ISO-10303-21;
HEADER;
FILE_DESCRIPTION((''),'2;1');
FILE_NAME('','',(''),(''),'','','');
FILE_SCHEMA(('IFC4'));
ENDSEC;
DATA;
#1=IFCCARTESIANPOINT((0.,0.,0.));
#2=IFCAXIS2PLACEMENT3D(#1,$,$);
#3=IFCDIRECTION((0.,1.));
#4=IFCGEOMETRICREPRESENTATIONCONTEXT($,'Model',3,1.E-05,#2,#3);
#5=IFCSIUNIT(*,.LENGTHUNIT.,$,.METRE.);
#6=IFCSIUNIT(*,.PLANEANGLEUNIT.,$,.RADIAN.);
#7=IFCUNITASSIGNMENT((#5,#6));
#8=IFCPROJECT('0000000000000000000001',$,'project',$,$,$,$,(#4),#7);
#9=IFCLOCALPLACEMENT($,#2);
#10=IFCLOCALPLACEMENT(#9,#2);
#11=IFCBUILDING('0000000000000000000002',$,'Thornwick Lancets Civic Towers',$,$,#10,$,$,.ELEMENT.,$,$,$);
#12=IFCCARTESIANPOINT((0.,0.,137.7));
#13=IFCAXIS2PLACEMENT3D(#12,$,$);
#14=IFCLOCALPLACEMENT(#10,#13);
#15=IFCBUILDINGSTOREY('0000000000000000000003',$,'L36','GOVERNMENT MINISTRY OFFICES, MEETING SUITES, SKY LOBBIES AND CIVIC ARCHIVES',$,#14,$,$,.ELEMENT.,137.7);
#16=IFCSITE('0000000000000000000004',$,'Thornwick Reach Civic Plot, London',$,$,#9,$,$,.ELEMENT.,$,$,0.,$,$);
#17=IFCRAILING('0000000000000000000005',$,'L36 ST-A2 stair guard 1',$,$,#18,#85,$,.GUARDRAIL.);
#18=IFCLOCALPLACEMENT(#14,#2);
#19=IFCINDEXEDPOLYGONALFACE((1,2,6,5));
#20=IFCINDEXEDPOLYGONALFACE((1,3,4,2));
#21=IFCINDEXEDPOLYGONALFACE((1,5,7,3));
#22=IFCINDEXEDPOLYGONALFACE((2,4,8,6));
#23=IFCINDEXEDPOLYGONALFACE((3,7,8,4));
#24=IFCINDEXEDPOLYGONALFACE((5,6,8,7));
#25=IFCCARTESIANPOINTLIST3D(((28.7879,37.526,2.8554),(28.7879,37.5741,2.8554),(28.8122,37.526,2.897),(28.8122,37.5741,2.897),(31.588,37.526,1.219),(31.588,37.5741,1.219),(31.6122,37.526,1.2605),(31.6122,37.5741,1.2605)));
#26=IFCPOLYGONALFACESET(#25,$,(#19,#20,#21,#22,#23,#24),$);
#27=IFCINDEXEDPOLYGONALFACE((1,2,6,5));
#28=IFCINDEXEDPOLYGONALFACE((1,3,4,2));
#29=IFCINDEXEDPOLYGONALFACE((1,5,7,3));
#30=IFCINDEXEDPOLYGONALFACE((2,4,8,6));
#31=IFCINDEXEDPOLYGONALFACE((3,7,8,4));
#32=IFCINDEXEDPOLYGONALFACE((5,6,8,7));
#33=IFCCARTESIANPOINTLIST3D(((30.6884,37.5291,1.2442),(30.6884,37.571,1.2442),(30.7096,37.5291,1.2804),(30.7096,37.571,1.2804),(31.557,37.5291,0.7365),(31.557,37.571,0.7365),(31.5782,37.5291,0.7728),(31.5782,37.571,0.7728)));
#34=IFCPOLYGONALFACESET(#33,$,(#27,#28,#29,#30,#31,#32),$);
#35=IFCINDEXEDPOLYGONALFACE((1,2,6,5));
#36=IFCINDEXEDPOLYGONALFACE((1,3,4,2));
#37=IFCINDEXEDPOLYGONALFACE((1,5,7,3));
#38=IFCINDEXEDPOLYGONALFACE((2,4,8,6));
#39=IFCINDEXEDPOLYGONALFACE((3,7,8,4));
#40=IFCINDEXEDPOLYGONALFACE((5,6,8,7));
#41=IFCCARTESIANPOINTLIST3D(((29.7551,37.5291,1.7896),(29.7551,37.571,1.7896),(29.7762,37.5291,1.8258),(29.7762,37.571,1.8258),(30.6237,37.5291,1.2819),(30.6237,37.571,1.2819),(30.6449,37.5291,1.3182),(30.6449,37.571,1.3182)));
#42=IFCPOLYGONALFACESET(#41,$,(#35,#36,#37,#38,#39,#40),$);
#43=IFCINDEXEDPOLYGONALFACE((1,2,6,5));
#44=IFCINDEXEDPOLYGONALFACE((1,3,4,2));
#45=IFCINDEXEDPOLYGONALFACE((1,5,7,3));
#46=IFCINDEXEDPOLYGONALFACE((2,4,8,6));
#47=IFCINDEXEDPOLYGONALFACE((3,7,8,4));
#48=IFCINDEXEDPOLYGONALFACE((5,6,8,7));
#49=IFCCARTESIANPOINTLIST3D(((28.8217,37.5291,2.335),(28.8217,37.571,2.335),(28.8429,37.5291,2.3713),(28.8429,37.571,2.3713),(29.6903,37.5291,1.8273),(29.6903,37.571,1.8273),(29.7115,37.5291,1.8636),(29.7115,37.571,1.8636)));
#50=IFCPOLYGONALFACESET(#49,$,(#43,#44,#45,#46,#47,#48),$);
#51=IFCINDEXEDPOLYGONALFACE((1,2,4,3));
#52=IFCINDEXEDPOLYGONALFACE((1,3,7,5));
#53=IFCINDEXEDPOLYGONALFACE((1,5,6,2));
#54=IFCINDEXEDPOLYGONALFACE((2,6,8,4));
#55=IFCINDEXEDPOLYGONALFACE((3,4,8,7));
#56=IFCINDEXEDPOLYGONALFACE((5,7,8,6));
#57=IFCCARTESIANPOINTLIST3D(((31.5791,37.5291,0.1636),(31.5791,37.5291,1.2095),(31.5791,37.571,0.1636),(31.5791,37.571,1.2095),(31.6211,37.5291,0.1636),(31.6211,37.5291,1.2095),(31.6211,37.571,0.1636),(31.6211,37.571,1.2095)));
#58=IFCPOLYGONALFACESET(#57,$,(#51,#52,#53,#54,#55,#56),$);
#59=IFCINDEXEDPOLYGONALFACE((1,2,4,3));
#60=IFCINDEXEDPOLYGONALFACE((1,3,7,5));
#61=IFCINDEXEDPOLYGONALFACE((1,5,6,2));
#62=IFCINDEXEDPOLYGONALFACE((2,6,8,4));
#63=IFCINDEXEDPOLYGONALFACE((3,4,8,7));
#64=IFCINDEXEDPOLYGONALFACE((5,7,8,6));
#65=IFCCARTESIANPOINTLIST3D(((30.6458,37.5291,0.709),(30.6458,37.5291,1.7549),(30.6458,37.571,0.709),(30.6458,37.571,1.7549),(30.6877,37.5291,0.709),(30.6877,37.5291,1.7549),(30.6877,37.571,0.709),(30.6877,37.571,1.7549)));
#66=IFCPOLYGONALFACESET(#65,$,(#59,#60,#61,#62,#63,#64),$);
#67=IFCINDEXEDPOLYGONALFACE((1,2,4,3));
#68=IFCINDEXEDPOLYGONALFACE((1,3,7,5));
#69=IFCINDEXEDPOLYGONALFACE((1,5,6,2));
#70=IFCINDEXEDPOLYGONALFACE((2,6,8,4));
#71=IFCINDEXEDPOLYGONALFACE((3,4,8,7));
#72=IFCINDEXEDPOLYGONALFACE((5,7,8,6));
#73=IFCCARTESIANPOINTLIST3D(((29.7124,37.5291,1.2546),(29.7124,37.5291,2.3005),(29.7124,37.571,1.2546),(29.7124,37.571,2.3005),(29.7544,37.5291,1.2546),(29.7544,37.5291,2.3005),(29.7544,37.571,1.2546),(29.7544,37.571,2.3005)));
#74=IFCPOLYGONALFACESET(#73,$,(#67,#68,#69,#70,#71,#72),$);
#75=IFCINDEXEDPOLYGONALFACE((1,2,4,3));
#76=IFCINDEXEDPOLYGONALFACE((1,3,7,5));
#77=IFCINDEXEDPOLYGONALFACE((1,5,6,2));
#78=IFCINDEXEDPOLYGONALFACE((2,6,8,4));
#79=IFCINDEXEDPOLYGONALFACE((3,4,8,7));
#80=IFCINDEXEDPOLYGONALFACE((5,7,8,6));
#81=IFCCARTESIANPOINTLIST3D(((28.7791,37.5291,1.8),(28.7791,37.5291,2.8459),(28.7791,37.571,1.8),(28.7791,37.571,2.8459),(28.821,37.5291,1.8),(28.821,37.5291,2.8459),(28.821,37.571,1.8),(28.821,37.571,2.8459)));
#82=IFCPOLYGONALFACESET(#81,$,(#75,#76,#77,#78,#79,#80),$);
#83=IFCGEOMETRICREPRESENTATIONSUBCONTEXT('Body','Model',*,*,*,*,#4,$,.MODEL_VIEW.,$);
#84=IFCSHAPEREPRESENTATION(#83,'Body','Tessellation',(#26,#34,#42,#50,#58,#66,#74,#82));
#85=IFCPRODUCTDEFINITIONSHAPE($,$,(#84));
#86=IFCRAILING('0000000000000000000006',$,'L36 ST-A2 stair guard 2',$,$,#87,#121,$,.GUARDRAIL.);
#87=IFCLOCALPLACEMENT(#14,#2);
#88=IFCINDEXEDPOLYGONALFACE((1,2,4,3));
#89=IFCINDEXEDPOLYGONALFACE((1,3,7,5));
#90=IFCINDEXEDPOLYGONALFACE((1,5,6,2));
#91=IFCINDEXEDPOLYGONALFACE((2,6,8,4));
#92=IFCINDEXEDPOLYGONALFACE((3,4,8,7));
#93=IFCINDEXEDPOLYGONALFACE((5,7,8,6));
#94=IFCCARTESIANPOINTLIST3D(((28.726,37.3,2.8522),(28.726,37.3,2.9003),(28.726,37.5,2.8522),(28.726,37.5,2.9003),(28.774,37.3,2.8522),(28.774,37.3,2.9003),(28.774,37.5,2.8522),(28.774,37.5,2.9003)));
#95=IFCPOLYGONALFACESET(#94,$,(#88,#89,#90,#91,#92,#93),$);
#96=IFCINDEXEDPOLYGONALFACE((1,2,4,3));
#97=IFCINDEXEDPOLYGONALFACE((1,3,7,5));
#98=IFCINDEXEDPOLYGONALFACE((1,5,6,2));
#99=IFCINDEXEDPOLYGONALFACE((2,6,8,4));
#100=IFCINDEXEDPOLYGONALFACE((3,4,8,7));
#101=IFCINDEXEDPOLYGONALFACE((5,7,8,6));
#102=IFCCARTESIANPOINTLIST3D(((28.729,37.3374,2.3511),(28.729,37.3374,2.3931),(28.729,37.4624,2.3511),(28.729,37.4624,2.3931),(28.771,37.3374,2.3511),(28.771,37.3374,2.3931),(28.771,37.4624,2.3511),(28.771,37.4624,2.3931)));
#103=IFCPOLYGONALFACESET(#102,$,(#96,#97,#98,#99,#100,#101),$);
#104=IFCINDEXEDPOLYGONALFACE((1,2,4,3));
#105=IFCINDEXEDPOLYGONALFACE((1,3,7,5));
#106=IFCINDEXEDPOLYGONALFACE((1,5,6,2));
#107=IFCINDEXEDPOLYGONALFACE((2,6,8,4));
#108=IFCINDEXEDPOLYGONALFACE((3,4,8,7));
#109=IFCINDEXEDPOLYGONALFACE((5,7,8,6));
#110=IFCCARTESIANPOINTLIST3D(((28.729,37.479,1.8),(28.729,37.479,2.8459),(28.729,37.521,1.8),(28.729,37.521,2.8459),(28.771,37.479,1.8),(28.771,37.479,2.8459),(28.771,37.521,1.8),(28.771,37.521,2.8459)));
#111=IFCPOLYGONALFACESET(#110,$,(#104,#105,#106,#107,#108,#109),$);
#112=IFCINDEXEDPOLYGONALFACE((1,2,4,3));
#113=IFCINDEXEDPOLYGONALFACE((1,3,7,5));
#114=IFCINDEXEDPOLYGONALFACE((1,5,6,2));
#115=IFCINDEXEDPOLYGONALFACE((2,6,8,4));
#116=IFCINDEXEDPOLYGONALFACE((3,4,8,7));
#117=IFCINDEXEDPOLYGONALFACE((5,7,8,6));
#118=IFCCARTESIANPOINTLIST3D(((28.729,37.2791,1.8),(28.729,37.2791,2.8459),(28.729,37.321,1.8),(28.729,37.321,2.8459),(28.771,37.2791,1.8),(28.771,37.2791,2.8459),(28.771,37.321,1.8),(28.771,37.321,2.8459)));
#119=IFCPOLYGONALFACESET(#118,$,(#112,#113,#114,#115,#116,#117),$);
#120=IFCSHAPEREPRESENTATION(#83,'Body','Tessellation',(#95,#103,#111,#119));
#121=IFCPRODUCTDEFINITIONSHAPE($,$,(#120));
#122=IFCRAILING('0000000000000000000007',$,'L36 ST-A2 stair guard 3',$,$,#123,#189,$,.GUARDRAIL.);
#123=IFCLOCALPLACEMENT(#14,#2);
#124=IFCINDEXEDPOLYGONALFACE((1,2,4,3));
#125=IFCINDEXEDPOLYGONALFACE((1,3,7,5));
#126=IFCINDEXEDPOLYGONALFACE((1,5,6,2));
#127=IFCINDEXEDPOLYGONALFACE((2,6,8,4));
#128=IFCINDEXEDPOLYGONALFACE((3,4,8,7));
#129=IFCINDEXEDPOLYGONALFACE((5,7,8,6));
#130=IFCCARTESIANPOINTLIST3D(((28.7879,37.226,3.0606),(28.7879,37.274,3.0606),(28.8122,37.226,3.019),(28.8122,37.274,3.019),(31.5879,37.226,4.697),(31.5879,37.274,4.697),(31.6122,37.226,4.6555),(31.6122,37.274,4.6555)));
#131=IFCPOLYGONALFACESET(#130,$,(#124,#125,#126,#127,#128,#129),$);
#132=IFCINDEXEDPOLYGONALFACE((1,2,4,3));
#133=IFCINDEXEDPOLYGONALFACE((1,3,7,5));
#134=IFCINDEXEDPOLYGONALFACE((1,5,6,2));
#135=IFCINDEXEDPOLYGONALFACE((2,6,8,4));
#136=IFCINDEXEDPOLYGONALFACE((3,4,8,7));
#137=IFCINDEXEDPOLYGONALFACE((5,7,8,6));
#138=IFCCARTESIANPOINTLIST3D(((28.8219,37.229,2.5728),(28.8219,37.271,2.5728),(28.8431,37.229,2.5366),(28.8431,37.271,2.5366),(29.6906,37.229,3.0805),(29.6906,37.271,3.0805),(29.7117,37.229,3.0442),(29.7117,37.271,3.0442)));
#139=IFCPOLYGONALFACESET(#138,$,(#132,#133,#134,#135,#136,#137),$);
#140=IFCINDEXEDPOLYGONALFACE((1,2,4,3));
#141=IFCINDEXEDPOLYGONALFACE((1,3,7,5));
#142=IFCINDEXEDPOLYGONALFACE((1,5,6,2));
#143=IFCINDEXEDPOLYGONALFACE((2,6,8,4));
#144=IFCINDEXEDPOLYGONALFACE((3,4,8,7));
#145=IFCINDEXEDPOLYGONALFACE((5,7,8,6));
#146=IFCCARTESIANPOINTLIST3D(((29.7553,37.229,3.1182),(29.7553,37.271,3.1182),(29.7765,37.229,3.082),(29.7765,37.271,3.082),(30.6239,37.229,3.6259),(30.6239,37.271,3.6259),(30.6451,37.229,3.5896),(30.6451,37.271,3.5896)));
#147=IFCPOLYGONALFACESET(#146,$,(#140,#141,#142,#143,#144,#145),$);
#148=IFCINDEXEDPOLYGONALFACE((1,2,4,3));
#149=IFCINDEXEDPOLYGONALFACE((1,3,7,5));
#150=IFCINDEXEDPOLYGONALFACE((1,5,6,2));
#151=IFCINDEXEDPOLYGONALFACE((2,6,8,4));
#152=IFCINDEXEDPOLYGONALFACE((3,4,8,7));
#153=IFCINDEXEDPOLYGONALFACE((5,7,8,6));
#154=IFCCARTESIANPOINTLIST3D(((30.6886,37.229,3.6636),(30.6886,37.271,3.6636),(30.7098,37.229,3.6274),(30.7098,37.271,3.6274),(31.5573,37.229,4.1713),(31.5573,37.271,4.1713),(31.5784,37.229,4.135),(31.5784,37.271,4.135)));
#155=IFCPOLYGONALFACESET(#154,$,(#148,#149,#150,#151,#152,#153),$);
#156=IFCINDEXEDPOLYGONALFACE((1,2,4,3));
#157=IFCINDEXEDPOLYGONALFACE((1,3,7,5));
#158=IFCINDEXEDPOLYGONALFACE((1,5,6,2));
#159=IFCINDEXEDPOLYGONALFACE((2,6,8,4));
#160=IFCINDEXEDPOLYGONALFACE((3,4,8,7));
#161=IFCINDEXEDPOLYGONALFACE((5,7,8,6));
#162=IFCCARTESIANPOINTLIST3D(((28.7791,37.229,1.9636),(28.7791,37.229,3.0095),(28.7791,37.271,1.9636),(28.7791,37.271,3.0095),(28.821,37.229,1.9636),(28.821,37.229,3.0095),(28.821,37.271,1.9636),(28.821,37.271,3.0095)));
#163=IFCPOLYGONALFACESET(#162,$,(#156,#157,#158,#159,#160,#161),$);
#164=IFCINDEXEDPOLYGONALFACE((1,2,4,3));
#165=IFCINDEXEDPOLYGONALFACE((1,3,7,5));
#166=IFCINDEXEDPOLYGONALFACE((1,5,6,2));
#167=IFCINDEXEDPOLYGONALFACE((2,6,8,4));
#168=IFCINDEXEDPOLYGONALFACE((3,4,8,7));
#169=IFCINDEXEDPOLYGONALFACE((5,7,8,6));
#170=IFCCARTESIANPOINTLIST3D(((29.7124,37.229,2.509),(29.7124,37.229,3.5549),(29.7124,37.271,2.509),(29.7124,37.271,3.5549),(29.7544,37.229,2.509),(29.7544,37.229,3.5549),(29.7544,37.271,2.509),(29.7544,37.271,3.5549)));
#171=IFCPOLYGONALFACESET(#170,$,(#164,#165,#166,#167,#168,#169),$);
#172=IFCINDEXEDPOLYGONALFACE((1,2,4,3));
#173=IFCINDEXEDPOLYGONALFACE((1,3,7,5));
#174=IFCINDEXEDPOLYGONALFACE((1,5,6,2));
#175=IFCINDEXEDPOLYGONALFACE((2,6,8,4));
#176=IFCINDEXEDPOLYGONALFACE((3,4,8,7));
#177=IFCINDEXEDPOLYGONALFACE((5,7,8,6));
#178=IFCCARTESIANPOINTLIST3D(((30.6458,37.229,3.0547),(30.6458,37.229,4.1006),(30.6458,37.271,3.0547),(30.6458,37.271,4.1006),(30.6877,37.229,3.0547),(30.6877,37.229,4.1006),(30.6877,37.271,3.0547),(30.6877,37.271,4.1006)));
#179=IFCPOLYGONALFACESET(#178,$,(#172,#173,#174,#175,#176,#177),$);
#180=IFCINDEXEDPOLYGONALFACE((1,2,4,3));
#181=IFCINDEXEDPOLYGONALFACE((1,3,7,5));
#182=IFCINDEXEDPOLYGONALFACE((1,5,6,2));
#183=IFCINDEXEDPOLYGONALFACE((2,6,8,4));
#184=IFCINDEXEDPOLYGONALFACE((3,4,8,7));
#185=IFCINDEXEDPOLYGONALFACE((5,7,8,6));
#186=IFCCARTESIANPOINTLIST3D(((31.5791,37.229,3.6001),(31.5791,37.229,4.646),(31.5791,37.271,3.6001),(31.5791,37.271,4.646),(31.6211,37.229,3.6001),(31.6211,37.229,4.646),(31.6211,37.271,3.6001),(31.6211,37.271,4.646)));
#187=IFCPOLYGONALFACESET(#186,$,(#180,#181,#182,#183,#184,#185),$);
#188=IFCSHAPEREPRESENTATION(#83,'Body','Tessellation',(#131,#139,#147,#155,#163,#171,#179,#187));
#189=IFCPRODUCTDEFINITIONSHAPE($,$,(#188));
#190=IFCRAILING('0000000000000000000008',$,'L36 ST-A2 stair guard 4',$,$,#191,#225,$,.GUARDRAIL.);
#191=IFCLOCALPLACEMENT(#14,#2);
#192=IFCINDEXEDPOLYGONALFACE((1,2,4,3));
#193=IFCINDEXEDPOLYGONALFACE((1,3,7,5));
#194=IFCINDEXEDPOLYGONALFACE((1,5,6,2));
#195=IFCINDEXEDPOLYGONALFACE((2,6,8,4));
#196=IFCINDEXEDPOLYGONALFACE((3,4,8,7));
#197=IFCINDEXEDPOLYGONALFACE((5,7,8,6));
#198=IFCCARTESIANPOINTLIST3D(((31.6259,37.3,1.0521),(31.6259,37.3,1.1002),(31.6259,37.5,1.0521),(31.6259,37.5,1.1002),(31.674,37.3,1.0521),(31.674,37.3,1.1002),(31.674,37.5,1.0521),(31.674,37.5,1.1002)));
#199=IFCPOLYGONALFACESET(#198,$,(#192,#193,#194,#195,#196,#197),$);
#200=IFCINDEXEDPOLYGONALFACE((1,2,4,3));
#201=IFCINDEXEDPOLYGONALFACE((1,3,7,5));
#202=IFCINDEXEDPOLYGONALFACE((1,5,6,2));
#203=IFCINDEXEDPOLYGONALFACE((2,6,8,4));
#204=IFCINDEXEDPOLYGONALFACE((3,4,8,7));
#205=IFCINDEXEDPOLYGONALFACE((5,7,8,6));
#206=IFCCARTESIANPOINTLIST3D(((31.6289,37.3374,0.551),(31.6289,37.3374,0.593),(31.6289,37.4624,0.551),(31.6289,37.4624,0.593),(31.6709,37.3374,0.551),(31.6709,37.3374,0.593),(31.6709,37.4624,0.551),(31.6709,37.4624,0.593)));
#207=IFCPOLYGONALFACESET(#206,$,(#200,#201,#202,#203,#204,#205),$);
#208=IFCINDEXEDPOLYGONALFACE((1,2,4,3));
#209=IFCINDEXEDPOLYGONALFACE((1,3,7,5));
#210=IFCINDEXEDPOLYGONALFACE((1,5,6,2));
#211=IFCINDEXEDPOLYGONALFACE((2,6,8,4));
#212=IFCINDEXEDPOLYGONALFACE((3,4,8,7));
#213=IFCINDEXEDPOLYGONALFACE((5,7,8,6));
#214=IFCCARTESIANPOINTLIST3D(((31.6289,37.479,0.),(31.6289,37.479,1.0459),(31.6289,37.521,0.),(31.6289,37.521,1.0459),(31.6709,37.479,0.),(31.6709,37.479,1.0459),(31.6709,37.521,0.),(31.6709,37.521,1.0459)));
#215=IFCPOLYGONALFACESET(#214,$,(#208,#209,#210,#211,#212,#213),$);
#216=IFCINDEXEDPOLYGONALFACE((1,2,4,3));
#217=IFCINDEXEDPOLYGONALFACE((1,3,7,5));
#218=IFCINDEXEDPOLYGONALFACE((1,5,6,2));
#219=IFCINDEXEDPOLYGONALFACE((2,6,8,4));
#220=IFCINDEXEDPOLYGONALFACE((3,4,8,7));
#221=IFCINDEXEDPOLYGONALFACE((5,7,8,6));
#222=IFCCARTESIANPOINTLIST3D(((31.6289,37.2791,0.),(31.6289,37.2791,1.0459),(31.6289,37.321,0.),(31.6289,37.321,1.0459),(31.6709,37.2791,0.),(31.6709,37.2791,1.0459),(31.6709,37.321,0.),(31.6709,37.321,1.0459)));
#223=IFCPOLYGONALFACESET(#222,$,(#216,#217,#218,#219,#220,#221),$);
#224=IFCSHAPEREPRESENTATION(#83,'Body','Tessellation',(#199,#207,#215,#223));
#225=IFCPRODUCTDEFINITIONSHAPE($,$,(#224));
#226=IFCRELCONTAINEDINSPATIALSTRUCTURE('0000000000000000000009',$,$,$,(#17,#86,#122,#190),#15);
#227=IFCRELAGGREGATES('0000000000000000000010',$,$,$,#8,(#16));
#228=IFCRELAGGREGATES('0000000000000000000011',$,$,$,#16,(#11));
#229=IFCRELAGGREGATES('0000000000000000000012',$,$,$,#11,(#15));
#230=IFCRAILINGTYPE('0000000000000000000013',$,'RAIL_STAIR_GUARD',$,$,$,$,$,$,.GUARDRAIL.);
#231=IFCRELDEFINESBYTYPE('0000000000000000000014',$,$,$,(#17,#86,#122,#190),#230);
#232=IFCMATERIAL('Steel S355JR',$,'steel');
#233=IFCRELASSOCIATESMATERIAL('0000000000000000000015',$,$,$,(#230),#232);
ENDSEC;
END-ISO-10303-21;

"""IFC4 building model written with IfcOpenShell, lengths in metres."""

from ifc_helpers import new_model, si_unit, direction, frame, origin, origin_2d, place, context, subcontext, project, spatial, rectangle, extrude, material, type_object, element, save


model = new_model("IFC4")

# Units and contexts
model_context = context("Model", 3, precision=1e-05, world=origin(), true_north=direction((0.0, 1.0)))
body_context = subcontext(model_context, "Body", "Model", "MODEL_VIEW")
ifc_project = project(units=[si_unit("LENGTHUNIT", "METRE"), si_unit("PLANEANGLEUNIT", "RADIAN")], contexts=[model_context])

# Site, building, storey
site_placement = place(None, origin())
site = spatial("IfcSite", under=ifc_project, at=site_placement, Name="Thornwick Reach Civic Plot, London", CompositionType="ELEMENT", RefElevation=0.0)
building_placement = place(site_placement, origin())
building = spatial("IfcBuilding", under=site, at=building_placement, Name="Thornwick Lancets Civic Towers", CompositionType="ELEMENT")
storey_placement = place(building_placement, frame((0.0, 0.0, 137.7)))
storey = spatial("IfcBuildingStorey", under=building, at=storey_placement, Name="L36", Description="GOVERNMENT MINISTRY OFFICES, MEETING SUITES, SKY LOBBIES AND CIVIC ARCHIVES", CompositionType="ELEMENT", Elevation=137.7)

# Shared definitions
ifc_material_1 = material(Name="Steel S355JR", Category="steel")

# Railings
railing_type_1 = type_object("IfcRailingType", Name="RAIL_STAIR_GUARD", PredefinedType="GUARDRAIL", material=ifc_material_1)
railing_1_placement = place(storey_placement, frame((31.6001, 37.55, 0.1636)))
element("IfcRailing", 1, at=railing_1_placement, inside=storey, type_object=railing_type_1, Name="L36 ST-A2 stair guard 1", PredefinedType="GUARDRAIL", context=body_context, shape_type="SweptSolid", body=[
    extrude(rectangle(XDim=0.0481, YDim=0.0481, at=origin_2d()), frame((0.0, 0.0, 1.0762), z_axis=(-0.863361, 0.0, 0.504587), x_axis=(0.0, -1.0, 0.0)), (0.0, 0.0, 1.0), 3.2432),
    extrude(rectangle(XDim=0.042, YDim=0.042, at=origin_2d()), frame((-0.0325, 0.0, 0.5911), z_axis=(-0.863361, 0.0, 0.504587), x_axis=(0.0, -1.0, 0.0)), (0.0, 0.0, 1.0), 1.0061),
    extrude(rectangle(XDim=0.042, YDim=0.042, at=origin_2d()), frame((-0.9658, 0.0, 1.1365), z_axis=(-0.863361, 0.0, 0.504587), x_axis=(0.0, -1.0, 0.0)), (0.0, 0.0, 1.0), 1.0061),
    extrude(rectangle(XDim=0.042, YDim=0.042, at=origin_2d()), frame((-1.8992, 0.0, 1.6819), z_axis=(-0.863361, 0.0, 0.504587), x_axis=(0.0, -1.0, 0.0)), (0.0, 0.0, 1.0), 1.0061),
    extrude(rectangle(XDim=0.042, YDim=0.042, at=origin_2d()), origin(), (0.0, 0.0, 1.0), 1.0459),
    extrude(rectangle(XDim=0.042, YDim=0.042, at=origin_2d()), frame((-0.9333, 0.0, 0.5454)), (0.0, 0.0, 1.0), 1.0459),
    extrude(rectangle(XDim=0.042, YDim=0.042, at=origin_2d()), frame((-1.8667, 0.0, 1.0911)), (0.0, 0.0, 1.0), 1.0459),
    extrude(rectangle(XDim=0.042, YDim=0.042, at=origin_2d()), frame((-2.8, 0.0, 1.6365)), (0.0, 0.0, 1.0), 1.0459),
])
railing_2_placement = place(storey_placement, frame((28.75, 37.5, 1.8)))
element("IfcRailing", 2, at=railing_2_placement, inside=storey, type_object=railing_type_1, Name="L36 ST-A2 stair guard 2", PredefinedType="GUARDRAIL", context=body_context, shape_type="SweptSolid", body=[
    extrude(rectangle(XDim=0.0481, YDim=0.0481, at=origin_2d()), frame((0.0, 0.0, 1.0762), z_axis=(0.0, -1.0, 0.0), x_axis=(1.0, 0.0, 0.0)), (0.0, 0.0, 1.0), 0.2),
    extrude(rectangle(XDim=0.042, YDim=0.042, at=origin_2d()), frame((0.0, -0.0376, 0.572), z_axis=(0.0, -1.0, 0.0), x_axis=(1.0, 0.0, 0.0)), (0.0, 0.0, 1.0), 0.125),
    extrude(rectangle(XDim=0.042, YDim=0.042, at=origin_2d()), origin(), (0.0, 0.0, 1.0), 1.0459),
    extrude(rectangle(XDim=0.042, YDim=0.042, at=origin_2d()), frame((0.0, -0.2, 0.0)), (0.0, 0.0, 1.0), 1.0459),
])
railing_3_placement = place(storey_placement, frame((28.8, 37.25, 1.9636)))
element("IfcRailing", 3, at=railing_3_placement, inside=storey, type_object=railing_type_1, Name="L36 ST-A2 stair guard 3", PredefinedType="GUARDRAIL", context=body_context, shape_type="SweptSolid", body=[
    extrude(rectangle(XDim=0.0481, YDim=0.0481, at=origin_2d()), frame((0.0, 0.0, 1.0762), z_axis=(0.863361, 0.0, 0.504587), x_axis=(0.0, 1.0, 0.0)), (0.0, 0.0, 1.0), 3.2432),
    extrude(rectangle(XDim=0.042, YDim=0.042, at=origin_2d()), frame((0.0325, 0.0, 0.5911), z_axis=(0.863361, 0.0, 0.504587), x_axis=(0.0, 1.0, 0.0)), (0.0, 0.0, 1.0), 1.0061),
    extrude(rectangle(XDim=0.042, YDim=0.042, at=origin_2d()), frame((0.9658, 0.0, 1.1365), z_axis=(0.863361, 0.0, 0.504587), x_axis=(0.0, 1.0, 0.0)), (0.0, 0.0, 1.0), 1.0061),
    extrude(rectangle(XDim=0.042, YDim=0.042, at=origin_2d()), frame((1.8992, 0.0, 1.6819), z_axis=(0.863361, 0.0, 0.504587), x_axis=(0.0, 1.0, 0.0)), (0.0, 0.0, 1.0), 1.0061),
    extrude(rectangle(XDim=0.042, YDim=0.042, at=origin_2d()), origin(), (0.0, 0.0, 1.0), 1.0459),
    extrude(rectangle(XDim=0.042, YDim=0.042, at=origin_2d()), frame((0.9333, 0.0, 0.5454)), (0.0, 0.0, 1.0), 1.0459),
    extrude(rectangle(XDim=0.042, YDim=0.042, at=origin_2d()), frame((1.8667, 0.0, 1.0911)), (0.0, 0.0, 1.0), 1.0459),
    extrude(rectangle(XDim=0.042, YDim=0.042, at=origin_2d()), frame((2.8, 0.0, 1.6365)), (0.0, 0.0, 1.0), 1.0459),
])
railing_4_placement = place(storey_placement, frame((31.6499, 37.5, 0.0)))
element("IfcRailing", 4, at=railing_4_placement, inside=storey, type_object=railing_type_1, Name="L36 ST-A2 stair guard 4", PredefinedType="GUARDRAIL", context=body_context, shape_type="SweptSolid", body=[
    extrude(rectangle(XDim=0.0481, YDim=0.0481, at=origin_2d()), frame((0.0, 0.0, 1.0762), z_axis=(0.0, -1.0, 0.0), x_axis=(1.0, 0.0, 0.0)), (0.0, 0.0, 1.0), 0.2),
    extrude(rectangle(XDim=0.042, YDim=0.042, at=origin_2d()), frame((0.0, -0.0376, 0.572), z_axis=(0.0, -1.0, 0.0), x_axis=(1.0, 0.0, 0.0)), (0.0, 0.0, 1.0), 0.125),
    extrude(rectangle(XDim=0.042, YDim=0.042, at=origin_2d()), origin(), (0.0, 0.0, 1.0), 1.0459),
    extrude(rectangle(XDim=0.042, YDim=0.042, at=origin_2d()), frame((0.0, -0.2, 0.0)), (0.0, 0.0, 1.0), 1.0459),
])

save(model, "model.ifc")
